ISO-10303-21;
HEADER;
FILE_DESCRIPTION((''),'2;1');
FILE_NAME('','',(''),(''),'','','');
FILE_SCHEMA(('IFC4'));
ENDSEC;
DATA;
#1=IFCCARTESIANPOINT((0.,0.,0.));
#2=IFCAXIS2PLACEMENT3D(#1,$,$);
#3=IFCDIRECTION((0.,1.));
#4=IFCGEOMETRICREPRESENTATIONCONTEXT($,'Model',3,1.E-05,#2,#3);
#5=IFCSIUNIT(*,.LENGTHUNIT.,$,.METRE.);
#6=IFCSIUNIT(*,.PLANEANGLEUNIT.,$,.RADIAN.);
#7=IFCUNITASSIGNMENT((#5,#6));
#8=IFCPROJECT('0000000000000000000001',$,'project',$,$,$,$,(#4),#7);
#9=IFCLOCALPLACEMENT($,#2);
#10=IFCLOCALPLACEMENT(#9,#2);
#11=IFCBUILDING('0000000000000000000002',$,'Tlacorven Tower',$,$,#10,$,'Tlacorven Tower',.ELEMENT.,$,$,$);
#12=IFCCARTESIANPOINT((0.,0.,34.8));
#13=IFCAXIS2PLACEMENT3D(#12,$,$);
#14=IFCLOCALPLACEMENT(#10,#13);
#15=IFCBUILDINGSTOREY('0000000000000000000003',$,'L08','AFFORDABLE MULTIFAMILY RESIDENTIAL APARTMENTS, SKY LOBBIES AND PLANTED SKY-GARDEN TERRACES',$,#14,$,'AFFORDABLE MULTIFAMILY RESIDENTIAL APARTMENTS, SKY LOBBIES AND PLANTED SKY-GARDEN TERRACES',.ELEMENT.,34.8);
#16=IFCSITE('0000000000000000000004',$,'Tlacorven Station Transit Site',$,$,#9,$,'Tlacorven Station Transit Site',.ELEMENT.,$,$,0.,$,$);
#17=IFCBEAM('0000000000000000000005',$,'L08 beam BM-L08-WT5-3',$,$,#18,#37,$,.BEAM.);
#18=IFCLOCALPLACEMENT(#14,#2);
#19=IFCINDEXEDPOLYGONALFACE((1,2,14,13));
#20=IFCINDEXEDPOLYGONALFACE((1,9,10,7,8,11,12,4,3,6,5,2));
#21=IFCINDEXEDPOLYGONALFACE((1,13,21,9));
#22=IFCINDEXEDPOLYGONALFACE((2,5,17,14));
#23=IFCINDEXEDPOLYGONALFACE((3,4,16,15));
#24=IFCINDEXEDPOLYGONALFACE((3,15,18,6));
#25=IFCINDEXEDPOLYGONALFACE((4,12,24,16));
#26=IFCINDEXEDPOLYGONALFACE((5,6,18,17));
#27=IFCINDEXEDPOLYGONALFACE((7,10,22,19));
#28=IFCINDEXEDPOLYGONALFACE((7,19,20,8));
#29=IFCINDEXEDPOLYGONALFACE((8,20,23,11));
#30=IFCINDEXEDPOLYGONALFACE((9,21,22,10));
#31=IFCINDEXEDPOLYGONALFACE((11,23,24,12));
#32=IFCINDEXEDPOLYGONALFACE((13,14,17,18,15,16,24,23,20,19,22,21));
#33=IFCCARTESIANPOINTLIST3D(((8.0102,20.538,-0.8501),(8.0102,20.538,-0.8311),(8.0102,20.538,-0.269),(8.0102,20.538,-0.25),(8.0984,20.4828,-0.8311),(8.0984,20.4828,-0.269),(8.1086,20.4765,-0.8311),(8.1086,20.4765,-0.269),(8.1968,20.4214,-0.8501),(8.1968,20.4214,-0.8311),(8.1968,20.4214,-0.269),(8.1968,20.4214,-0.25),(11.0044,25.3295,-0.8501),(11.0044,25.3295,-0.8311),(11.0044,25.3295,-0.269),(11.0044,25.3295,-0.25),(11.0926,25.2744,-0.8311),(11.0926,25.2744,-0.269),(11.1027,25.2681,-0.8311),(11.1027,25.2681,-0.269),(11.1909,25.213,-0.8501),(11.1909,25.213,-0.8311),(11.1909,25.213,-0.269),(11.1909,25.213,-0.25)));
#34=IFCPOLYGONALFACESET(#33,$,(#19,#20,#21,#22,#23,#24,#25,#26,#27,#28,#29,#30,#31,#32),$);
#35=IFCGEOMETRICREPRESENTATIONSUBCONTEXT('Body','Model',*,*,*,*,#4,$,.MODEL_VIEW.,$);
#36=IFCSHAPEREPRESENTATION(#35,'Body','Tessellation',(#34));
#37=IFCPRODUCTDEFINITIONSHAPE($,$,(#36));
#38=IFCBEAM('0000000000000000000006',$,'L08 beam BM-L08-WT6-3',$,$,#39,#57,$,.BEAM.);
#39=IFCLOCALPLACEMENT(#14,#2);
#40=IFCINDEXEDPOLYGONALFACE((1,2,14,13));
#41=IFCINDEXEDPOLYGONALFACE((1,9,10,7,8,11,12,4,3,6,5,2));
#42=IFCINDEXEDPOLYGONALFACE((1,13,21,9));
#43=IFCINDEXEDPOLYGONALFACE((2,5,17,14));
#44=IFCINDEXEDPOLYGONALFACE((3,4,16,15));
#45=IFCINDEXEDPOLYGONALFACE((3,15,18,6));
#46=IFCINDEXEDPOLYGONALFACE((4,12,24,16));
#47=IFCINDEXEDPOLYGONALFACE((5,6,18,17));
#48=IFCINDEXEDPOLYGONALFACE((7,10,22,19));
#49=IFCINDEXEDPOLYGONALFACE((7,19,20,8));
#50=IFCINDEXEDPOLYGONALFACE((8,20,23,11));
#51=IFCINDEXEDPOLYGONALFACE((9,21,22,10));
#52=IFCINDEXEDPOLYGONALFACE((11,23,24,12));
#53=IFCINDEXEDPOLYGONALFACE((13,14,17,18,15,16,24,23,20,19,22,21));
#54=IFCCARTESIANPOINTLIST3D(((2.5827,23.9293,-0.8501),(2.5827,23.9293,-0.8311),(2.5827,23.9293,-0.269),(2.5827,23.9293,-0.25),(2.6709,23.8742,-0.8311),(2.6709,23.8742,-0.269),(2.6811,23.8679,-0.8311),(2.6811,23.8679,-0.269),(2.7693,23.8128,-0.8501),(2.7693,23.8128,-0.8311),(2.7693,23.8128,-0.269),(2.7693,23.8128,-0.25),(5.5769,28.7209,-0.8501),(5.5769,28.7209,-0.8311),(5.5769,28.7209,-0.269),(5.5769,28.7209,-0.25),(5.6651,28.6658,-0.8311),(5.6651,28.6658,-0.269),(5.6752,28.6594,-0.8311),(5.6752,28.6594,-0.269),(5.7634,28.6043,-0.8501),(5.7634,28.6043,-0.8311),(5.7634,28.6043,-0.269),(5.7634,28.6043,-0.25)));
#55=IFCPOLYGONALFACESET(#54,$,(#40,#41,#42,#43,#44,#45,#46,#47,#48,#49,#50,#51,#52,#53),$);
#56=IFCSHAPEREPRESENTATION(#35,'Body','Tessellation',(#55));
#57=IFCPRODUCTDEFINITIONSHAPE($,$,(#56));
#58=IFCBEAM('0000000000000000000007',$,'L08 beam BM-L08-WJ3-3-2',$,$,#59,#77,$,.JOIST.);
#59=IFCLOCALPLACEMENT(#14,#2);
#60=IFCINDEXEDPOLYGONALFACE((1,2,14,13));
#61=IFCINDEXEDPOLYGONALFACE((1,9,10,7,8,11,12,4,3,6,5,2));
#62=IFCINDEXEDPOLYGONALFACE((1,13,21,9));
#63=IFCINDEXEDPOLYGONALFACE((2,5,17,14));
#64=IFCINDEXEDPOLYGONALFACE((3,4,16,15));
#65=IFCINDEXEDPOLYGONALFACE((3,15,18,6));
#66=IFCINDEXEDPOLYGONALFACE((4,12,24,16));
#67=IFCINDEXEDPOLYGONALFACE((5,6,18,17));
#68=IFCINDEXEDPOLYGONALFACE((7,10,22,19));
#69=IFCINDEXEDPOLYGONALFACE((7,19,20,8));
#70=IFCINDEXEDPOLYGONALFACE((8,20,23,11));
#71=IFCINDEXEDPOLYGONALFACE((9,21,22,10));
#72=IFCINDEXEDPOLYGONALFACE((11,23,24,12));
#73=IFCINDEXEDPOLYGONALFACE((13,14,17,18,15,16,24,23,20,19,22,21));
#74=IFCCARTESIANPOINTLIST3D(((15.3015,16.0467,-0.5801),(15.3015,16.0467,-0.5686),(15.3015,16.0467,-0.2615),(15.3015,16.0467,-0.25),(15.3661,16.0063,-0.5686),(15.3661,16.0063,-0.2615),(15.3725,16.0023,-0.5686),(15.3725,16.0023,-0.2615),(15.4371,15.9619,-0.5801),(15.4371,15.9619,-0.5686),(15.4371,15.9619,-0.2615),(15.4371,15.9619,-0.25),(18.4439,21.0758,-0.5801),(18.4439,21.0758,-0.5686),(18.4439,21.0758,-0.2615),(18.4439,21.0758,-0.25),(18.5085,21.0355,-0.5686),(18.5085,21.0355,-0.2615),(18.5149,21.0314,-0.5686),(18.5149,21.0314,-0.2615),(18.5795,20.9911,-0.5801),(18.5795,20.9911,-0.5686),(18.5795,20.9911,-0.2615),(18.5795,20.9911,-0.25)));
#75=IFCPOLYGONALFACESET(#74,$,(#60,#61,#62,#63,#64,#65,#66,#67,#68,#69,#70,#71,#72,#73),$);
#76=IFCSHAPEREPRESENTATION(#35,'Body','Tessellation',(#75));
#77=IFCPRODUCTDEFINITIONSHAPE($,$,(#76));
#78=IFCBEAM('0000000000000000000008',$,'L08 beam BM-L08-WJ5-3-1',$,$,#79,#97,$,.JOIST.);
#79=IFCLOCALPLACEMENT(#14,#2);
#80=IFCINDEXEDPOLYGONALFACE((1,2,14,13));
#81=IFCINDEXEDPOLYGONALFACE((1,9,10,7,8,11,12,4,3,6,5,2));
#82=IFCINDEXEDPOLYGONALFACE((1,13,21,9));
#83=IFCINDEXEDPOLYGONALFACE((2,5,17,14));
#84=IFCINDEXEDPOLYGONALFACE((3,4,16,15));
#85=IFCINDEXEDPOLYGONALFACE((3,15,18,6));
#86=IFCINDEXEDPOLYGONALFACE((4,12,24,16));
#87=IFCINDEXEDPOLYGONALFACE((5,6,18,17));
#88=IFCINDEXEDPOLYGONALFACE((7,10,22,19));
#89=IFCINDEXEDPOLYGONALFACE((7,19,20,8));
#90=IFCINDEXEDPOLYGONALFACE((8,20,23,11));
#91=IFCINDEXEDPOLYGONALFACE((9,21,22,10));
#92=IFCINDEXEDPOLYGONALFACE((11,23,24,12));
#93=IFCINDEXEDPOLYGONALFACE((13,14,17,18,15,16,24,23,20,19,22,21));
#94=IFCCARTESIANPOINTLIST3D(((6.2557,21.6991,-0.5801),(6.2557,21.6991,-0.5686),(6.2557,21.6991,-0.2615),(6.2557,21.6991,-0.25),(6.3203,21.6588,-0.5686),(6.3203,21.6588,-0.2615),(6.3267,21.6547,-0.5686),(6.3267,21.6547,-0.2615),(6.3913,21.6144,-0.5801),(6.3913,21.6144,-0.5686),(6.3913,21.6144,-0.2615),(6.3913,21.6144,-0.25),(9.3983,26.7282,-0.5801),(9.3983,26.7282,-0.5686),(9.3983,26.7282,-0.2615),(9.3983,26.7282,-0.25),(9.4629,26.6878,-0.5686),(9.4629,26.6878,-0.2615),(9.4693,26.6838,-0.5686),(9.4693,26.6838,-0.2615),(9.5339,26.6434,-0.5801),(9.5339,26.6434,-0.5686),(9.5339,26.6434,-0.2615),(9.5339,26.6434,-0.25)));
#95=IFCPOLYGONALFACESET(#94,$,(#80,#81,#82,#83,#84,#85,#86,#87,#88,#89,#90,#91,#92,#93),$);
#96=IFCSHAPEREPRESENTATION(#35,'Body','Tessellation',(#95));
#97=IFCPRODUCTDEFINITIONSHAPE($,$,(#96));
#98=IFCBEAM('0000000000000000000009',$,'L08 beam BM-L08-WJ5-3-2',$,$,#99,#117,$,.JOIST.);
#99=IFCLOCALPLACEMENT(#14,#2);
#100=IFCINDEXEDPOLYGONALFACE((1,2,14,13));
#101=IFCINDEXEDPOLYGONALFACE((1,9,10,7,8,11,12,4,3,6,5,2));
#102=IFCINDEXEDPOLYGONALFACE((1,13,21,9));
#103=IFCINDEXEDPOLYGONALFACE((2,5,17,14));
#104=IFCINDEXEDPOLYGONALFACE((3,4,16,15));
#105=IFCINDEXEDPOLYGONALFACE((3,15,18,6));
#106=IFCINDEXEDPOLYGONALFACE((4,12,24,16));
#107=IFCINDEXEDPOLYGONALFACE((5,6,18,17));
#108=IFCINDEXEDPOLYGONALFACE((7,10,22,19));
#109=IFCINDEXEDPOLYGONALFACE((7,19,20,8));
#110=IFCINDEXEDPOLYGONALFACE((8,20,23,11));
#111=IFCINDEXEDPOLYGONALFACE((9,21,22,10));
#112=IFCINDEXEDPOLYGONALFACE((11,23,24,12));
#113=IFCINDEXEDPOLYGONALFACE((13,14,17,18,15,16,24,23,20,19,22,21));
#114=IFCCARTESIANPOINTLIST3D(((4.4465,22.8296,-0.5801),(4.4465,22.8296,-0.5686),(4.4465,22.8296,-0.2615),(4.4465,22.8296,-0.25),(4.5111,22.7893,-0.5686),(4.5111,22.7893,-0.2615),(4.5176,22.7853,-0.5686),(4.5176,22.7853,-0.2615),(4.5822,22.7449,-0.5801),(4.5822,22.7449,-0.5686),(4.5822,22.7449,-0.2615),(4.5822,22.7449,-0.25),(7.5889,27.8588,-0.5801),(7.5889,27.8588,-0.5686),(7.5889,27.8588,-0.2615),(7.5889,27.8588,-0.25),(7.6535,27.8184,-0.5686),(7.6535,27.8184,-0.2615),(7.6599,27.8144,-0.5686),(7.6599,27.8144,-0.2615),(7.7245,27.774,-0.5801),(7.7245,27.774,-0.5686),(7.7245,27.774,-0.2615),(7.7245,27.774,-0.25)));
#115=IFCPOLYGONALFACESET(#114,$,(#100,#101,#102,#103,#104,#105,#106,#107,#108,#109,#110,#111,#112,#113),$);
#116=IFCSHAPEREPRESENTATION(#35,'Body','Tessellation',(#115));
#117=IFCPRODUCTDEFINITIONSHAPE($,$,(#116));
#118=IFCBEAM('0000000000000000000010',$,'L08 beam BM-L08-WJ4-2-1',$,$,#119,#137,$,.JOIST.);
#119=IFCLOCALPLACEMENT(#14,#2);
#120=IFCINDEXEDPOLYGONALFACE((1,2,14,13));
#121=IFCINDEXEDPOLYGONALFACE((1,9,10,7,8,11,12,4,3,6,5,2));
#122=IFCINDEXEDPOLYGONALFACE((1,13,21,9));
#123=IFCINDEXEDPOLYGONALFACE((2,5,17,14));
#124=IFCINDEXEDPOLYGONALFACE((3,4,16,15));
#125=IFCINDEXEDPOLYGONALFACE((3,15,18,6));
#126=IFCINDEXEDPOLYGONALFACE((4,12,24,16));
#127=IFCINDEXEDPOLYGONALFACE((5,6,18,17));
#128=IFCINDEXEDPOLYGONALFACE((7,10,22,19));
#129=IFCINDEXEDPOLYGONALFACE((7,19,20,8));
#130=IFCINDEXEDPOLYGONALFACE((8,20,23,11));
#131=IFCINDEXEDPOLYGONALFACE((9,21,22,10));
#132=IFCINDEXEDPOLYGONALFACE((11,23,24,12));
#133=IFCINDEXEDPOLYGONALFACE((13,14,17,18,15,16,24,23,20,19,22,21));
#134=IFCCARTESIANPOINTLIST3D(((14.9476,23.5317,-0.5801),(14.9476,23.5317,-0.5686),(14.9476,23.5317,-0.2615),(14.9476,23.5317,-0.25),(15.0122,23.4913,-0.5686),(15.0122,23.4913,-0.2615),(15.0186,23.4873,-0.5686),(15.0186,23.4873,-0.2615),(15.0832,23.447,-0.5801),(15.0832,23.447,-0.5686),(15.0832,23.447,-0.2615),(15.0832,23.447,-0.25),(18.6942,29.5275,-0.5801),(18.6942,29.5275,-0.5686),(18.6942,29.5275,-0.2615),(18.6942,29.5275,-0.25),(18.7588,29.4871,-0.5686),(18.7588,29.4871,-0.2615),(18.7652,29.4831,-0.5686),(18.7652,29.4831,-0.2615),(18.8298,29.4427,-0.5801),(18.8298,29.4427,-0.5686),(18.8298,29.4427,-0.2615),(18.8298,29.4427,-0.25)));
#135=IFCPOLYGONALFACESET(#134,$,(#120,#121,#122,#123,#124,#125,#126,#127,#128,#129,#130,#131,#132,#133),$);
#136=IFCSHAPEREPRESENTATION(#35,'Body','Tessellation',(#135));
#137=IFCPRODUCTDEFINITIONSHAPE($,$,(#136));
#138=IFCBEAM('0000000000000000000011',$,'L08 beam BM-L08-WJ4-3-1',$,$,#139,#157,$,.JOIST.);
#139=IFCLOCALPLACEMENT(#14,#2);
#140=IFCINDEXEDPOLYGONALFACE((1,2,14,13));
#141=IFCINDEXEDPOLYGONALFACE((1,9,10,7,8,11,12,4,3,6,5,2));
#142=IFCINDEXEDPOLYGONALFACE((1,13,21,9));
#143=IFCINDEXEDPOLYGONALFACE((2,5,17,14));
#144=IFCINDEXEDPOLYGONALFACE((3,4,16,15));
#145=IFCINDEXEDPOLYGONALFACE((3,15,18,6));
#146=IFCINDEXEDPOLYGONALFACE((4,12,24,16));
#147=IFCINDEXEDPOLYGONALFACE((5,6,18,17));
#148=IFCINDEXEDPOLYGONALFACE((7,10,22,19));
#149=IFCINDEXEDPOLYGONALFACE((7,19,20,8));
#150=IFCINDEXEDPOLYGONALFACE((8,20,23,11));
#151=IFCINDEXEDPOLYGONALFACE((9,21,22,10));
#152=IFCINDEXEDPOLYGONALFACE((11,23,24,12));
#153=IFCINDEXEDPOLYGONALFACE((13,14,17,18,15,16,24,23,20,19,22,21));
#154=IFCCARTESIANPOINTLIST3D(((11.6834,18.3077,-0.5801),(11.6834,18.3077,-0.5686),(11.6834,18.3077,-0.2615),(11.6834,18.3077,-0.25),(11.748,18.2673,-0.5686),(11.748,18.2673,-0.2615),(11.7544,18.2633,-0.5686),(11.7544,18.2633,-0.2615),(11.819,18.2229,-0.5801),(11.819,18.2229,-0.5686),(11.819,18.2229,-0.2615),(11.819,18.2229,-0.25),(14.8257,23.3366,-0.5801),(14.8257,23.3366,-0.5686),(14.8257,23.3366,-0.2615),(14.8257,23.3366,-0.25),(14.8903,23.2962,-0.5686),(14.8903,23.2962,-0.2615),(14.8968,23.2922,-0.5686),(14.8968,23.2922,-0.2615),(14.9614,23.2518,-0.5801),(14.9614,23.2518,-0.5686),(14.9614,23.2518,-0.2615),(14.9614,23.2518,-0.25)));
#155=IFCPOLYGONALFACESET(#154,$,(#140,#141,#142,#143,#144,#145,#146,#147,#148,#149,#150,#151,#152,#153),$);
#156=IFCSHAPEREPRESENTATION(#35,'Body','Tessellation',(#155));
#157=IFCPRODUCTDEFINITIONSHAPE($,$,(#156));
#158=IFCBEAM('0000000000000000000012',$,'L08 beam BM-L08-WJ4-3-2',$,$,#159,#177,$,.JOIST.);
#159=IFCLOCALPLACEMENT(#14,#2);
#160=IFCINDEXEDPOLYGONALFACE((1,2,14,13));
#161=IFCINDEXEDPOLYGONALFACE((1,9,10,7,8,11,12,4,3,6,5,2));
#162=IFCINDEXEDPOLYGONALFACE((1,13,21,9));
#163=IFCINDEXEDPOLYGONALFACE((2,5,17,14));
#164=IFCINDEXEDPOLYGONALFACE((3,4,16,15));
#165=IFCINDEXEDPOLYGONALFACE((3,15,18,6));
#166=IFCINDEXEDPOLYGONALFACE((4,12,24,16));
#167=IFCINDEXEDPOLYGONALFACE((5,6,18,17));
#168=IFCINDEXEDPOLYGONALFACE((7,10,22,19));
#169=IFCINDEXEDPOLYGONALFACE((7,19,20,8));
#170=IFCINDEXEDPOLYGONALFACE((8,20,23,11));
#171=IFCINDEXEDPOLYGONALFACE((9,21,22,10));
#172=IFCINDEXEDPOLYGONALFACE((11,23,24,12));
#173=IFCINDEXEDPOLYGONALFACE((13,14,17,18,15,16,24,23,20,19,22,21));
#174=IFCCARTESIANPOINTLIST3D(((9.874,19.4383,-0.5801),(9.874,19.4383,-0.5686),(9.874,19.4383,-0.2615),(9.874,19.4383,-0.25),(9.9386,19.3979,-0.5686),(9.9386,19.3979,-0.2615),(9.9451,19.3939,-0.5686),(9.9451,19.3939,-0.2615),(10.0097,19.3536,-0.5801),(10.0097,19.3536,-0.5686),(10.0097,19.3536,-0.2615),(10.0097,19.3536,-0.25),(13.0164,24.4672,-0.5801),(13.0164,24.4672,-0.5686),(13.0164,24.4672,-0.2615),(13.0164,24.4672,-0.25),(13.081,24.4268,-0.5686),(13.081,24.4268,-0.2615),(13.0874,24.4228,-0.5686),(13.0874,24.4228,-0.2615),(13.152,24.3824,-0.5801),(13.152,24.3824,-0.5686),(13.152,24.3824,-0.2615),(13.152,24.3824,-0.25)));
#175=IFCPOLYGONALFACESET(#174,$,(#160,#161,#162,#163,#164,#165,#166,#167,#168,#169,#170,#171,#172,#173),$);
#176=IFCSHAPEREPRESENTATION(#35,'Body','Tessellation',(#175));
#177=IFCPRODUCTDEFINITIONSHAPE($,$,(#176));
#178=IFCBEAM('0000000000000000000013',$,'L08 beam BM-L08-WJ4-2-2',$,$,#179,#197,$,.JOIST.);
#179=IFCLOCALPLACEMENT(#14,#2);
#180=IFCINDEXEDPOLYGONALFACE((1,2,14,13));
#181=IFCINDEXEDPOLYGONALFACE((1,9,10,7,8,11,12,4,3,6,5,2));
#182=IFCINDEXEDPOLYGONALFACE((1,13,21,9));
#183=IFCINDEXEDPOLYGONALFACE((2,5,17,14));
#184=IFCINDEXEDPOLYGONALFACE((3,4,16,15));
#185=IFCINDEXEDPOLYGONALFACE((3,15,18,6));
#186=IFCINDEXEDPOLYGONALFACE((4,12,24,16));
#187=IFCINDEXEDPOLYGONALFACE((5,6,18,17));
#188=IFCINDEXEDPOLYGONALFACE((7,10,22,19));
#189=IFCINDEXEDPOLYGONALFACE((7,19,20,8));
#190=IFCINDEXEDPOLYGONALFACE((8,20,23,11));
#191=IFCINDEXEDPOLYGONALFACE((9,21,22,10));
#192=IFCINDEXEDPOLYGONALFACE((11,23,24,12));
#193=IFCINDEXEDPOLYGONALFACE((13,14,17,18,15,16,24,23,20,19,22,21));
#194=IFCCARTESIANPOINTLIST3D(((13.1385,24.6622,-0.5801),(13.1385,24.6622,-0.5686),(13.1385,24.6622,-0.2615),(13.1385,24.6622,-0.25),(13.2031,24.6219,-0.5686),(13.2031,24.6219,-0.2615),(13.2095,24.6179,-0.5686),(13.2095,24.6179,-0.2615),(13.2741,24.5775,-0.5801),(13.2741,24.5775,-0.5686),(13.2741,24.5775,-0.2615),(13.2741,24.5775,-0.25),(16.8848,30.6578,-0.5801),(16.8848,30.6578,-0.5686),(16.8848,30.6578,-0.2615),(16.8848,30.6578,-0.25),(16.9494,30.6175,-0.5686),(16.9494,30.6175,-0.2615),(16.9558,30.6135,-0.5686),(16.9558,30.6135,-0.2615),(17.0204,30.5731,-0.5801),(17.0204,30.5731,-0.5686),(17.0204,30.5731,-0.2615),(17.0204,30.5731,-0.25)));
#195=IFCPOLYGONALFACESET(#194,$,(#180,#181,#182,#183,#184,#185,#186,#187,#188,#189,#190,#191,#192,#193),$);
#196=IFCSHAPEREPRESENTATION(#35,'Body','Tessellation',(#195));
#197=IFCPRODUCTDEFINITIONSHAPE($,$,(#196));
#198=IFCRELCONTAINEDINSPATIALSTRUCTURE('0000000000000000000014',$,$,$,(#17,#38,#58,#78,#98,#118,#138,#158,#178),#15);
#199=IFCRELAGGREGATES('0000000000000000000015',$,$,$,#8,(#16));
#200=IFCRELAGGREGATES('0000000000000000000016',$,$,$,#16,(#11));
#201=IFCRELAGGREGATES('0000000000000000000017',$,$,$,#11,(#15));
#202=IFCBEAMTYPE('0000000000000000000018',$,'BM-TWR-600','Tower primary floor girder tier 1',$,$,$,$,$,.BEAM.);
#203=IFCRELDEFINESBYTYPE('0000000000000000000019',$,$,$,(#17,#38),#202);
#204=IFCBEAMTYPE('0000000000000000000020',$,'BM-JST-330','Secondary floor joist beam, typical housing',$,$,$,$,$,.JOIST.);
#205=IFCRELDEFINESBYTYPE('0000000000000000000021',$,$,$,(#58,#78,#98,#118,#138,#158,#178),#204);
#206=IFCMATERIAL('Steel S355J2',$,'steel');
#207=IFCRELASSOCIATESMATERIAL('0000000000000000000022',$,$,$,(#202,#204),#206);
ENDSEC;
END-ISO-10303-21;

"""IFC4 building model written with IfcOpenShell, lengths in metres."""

from ifc_helpers import new_model, si_unit, direction, frame, origin, origin_2d, place, context, subcontext, project, spatial, i_section, extrude, source, transform, mapped, material, material_profile, profile_set, type_object, element, save


model = new_model("IFC4")

# Units and contexts
model_context = context("Model", 3, precision=1e-05, world=origin(), true_north=direction((0.0, 1.0)))
body_context = subcontext(model_context, "Body", "Model", "MODEL_VIEW")
ifc_project = project(units=[si_unit("LENGTHUNIT", "METRE"), si_unit("PLANEANGLEUNIT", "RADIAN")], contexts=[model_context])

# Site, building, storey
site_placement = place(None, origin())
site = spatial("IfcSite", under=ifc_project, at=site_placement, Name="Tlacorven Station Transit Site", LongName="Tlacorven Station Transit Site", CompositionType="ELEMENT", RefElevation=0.0)
building_placement = place(site_placement, origin())
building = spatial("IfcBuilding", under=site, at=building_placement, Name="Tlacorven Tower", LongName="Tlacorven Tower", CompositionType="ELEMENT")
storey_placement = place(building_placement, frame((0.0, 0.0, 34.8)))
storey = spatial("IfcBuildingStorey", under=building, at=storey_placement, Name="L08", Description="AFFORDABLE MULTIFAMILY RESIDENTIAL APARTMENTS, SKY LOBBIES AND PLANTED SKY-GARDEN TERRACES", LongName="AFFORDABLE MULTIFAMILY RESIDENTIAL APARTMENTS, SKY LOBBIES AND PLANTED SKY-GARDEN TERRACES", CompositionType="ELEMENT", Elevation=34.8)

# Beams
ifc_material_1 = material(Name="Steel S355J2", Category="steel")
ifc_material_profile_1 = material_profile(ifc_material_1, i_section(OverallWidth=0.22, OverallDepth=0.6001, WebThickness=0.012, FlangeThickness=0.019, at=origin_2d()), Name="IPE 600")
ifc_profile_set_1 = profile_set([ifc_material_profile_1], Name="Steel S355J2")
beam_type_1 = type_object("IfcBeamType", Name="BM-TWR-600", Description="Tower primary floor girder tier 1", PredefinedType="BEAM", material=ifc_profile_set_1)
shared_shape_1 = source(origin(), body_context, "Body", "SweptSolid", [
    extrude(i_section(OverallWidth=0.22, OverallDepth=0.6001, WebThickness=0.012, FlangeThickness=0.019, at=origin_2d()), origin(), (0.0, 0.0, 1.0), 5.6501),
])
for number, where, z_axis, x_axis, name in (
    (1, (11.0977, 25.2712, -0.55), (-0.529929, -0.848042, 0.0), (0.848042, -0.529929, 0.0), "L08 beam BM-L08-WT5-3"),
    (2, (5.6702, 28.6626, -0.55), (-0.529929, -0.848042, 0.0), (0.848042, -0.529929, 0.0), "L08 beam BM-L08-WT6-3"),
):
    element("IfcBeam", number, at=place(storey_placement, frame(where, z_axis=z_axis, x_axis=x_axis)), inside=storey, type_object=beam_type_1, Name=name, PredefinedType="BEAM", context=body_context, shape_type="MappedRepresentation", body=[
        mapped(shared_shape_1, transform((0.0, 0.0, 0.0), scale=1.0)),
    ])
ifc_material_profile_2 = material_profile(ifc_material_1, i_section(OverallWidth=0.1599, OverallDepth=0.3301, WebThickness=0.0076, FlangeThickness=0.0115, at=origin_2d()), Name="IPE 330")
ifc_profile_set_2 = profile_set([ifc_material_profile_2], Name="Steel S355J2")
beam_type_2 = type_object("IfcBeamType", Name="BM-JST-330", Description="Secondary floor joist beam, typical housing", PredefinedType="JOIST", material=ifc_profile_set_2)
shared_shape_2 = source(origin(), body_context, "Body", "SweptSolid", [
    extrude(i_section(OverallWidth=0.1599, OverallDepth=0.3301, WebThickness=0.0076, FlangeThickness=0.0115, at=origin_2d()), origin(), (0.0, 0.0, 1.0), 5.9302),
])
for number, where, z_axis, x_axis, name in (
    (3, (18.5117, 21.0334, -0.415), (-0.529899, -0.848061, 0.0), (0.848061, -0.529899, 0.0), "L08 beam BM-L08-WJ3-3-2"),
    (4, (9.4661, 26.6858, -0.415), (-0.529929, -0.848042, 0.0), (0.848042, -0.529929, 0.0), "L08 beam BM-L08-WJ5-3-1"),
    (5, (7.6567, 27.8164, -0.415), (-0.529899, -0.848061, 0.0), (0.848061, -0.529899, 0.0), "L08 beam BM-L08-WJ5-3-2"),
):
    element("IfcBeam", number, at=place(storey_placement, frame(where, z_axis=z_axis, x_axis=x_axis)), inside=storey, type_object=beam_type_2, Name=name, PredefinedType="JOIST", context=body_context, shape_type="MappedRepresentation", body=[
        mapped(shared_shape_2, transform((0.0, 0.0, 0.0), scale=1.0)),
    ])
shared_shape_3 = source(origin(), body_context, "Body", "SweptSolid", [
    extrude(i_section(OverallWidth=0.1599, OverallDepth=0.3301, WebThickness=0.0076, FlangeThickness=0.0115, at=origin_2d()), origin(), (0.0, 0.0, 1.0), 7.0701),
])
beam_1_placement = place(storey_placement, frame((18.762, 29.4851, -0.415), z_axis=(-0.529915, -0.848051, 0.0), x_axis=(0.848051, -0.529915, 0.0)))
element("IfcBeam", 6, at=beam_1_placement, inside=storey, type_object=beam_type_2, Name="L08 beam BM-L08-WJ4-2-1", PredefinedType="JOIST", context=body_context, shape_type="MappedRepresentation", body=[
    mapped(shared_shape_3, transform((0.0, 0.0, 0.0), scale=1.0)),
])
shared_shape_4 = source(origin(), body_context, "Body", "SweptSolid", [
    extrude(i_section(OverallWidth=0.1599, OverallDepth=0.3301, WebThickness=0.0076, FlangeThickness=0.0115, at=origin_2d()), origin(), (0.0, 0.0, 1.0), 5.9299),
])
for number, where, z_axis, x_axis, name in (
    (7, (14.8936, 23.2942, -0.415), (-0.529918, -0.848049, 0.0), (0.848049, -0.529918, 0.0), "L08 beam BM-L08-WJ4-3-1"),
    (8, (13.0842, 24.4248, -0.415), (-0.529918, -0.848049, 0.0), (0.848049, -0.529918, 0.0), "L08 beam BM-L08-WJ4-3-2"),
):
    element("IfcBeam", number, at=place(storey_placement, frame(where, z_axis=z_axis, x_axis=x_axis)), inside=storey, type_object=beam_type_2, Name=name, PredefinedType="JOIST", context=body_context, shape_type="MappedRepresentation", body=[
        mapped(shared_shape_4, transform((0.0, 0.0, 0.0), scale=1.0)),
    ])
shared_shape_5 = source(origin(), body_context, "Body", "SweptSolid", [
    extrude(i_section(OverallWidth=0.1599, OverallDepth=0.3301, WebThickness=0.0076, FlangeThickness=0.0115, at=origin_2d()), origin(), (0.0, 0.0, 1.0), 7.0698),
])
beam_2_placement = place(storey_placement, frame((16.9526, 30.6155, -0.415), z_axis=(-0.529906, -0.848057, 0.0), x_axis=(0.848057, -0.529906, 0.0)))
element("IfcBeam", 9, at=beam_2_placement, inside=storey, type_object=beam_type_2, Name="L08 beam BM-L08-WJ4-2-2", PredefinedType="JOIST", context=body_context, shape_type="MappedRepresentation", body=[
    mapped(shared_shape_5, transform((0.0, 0.0, 0.0), scale=1.0)),
])

save(model, "model.ifc")
